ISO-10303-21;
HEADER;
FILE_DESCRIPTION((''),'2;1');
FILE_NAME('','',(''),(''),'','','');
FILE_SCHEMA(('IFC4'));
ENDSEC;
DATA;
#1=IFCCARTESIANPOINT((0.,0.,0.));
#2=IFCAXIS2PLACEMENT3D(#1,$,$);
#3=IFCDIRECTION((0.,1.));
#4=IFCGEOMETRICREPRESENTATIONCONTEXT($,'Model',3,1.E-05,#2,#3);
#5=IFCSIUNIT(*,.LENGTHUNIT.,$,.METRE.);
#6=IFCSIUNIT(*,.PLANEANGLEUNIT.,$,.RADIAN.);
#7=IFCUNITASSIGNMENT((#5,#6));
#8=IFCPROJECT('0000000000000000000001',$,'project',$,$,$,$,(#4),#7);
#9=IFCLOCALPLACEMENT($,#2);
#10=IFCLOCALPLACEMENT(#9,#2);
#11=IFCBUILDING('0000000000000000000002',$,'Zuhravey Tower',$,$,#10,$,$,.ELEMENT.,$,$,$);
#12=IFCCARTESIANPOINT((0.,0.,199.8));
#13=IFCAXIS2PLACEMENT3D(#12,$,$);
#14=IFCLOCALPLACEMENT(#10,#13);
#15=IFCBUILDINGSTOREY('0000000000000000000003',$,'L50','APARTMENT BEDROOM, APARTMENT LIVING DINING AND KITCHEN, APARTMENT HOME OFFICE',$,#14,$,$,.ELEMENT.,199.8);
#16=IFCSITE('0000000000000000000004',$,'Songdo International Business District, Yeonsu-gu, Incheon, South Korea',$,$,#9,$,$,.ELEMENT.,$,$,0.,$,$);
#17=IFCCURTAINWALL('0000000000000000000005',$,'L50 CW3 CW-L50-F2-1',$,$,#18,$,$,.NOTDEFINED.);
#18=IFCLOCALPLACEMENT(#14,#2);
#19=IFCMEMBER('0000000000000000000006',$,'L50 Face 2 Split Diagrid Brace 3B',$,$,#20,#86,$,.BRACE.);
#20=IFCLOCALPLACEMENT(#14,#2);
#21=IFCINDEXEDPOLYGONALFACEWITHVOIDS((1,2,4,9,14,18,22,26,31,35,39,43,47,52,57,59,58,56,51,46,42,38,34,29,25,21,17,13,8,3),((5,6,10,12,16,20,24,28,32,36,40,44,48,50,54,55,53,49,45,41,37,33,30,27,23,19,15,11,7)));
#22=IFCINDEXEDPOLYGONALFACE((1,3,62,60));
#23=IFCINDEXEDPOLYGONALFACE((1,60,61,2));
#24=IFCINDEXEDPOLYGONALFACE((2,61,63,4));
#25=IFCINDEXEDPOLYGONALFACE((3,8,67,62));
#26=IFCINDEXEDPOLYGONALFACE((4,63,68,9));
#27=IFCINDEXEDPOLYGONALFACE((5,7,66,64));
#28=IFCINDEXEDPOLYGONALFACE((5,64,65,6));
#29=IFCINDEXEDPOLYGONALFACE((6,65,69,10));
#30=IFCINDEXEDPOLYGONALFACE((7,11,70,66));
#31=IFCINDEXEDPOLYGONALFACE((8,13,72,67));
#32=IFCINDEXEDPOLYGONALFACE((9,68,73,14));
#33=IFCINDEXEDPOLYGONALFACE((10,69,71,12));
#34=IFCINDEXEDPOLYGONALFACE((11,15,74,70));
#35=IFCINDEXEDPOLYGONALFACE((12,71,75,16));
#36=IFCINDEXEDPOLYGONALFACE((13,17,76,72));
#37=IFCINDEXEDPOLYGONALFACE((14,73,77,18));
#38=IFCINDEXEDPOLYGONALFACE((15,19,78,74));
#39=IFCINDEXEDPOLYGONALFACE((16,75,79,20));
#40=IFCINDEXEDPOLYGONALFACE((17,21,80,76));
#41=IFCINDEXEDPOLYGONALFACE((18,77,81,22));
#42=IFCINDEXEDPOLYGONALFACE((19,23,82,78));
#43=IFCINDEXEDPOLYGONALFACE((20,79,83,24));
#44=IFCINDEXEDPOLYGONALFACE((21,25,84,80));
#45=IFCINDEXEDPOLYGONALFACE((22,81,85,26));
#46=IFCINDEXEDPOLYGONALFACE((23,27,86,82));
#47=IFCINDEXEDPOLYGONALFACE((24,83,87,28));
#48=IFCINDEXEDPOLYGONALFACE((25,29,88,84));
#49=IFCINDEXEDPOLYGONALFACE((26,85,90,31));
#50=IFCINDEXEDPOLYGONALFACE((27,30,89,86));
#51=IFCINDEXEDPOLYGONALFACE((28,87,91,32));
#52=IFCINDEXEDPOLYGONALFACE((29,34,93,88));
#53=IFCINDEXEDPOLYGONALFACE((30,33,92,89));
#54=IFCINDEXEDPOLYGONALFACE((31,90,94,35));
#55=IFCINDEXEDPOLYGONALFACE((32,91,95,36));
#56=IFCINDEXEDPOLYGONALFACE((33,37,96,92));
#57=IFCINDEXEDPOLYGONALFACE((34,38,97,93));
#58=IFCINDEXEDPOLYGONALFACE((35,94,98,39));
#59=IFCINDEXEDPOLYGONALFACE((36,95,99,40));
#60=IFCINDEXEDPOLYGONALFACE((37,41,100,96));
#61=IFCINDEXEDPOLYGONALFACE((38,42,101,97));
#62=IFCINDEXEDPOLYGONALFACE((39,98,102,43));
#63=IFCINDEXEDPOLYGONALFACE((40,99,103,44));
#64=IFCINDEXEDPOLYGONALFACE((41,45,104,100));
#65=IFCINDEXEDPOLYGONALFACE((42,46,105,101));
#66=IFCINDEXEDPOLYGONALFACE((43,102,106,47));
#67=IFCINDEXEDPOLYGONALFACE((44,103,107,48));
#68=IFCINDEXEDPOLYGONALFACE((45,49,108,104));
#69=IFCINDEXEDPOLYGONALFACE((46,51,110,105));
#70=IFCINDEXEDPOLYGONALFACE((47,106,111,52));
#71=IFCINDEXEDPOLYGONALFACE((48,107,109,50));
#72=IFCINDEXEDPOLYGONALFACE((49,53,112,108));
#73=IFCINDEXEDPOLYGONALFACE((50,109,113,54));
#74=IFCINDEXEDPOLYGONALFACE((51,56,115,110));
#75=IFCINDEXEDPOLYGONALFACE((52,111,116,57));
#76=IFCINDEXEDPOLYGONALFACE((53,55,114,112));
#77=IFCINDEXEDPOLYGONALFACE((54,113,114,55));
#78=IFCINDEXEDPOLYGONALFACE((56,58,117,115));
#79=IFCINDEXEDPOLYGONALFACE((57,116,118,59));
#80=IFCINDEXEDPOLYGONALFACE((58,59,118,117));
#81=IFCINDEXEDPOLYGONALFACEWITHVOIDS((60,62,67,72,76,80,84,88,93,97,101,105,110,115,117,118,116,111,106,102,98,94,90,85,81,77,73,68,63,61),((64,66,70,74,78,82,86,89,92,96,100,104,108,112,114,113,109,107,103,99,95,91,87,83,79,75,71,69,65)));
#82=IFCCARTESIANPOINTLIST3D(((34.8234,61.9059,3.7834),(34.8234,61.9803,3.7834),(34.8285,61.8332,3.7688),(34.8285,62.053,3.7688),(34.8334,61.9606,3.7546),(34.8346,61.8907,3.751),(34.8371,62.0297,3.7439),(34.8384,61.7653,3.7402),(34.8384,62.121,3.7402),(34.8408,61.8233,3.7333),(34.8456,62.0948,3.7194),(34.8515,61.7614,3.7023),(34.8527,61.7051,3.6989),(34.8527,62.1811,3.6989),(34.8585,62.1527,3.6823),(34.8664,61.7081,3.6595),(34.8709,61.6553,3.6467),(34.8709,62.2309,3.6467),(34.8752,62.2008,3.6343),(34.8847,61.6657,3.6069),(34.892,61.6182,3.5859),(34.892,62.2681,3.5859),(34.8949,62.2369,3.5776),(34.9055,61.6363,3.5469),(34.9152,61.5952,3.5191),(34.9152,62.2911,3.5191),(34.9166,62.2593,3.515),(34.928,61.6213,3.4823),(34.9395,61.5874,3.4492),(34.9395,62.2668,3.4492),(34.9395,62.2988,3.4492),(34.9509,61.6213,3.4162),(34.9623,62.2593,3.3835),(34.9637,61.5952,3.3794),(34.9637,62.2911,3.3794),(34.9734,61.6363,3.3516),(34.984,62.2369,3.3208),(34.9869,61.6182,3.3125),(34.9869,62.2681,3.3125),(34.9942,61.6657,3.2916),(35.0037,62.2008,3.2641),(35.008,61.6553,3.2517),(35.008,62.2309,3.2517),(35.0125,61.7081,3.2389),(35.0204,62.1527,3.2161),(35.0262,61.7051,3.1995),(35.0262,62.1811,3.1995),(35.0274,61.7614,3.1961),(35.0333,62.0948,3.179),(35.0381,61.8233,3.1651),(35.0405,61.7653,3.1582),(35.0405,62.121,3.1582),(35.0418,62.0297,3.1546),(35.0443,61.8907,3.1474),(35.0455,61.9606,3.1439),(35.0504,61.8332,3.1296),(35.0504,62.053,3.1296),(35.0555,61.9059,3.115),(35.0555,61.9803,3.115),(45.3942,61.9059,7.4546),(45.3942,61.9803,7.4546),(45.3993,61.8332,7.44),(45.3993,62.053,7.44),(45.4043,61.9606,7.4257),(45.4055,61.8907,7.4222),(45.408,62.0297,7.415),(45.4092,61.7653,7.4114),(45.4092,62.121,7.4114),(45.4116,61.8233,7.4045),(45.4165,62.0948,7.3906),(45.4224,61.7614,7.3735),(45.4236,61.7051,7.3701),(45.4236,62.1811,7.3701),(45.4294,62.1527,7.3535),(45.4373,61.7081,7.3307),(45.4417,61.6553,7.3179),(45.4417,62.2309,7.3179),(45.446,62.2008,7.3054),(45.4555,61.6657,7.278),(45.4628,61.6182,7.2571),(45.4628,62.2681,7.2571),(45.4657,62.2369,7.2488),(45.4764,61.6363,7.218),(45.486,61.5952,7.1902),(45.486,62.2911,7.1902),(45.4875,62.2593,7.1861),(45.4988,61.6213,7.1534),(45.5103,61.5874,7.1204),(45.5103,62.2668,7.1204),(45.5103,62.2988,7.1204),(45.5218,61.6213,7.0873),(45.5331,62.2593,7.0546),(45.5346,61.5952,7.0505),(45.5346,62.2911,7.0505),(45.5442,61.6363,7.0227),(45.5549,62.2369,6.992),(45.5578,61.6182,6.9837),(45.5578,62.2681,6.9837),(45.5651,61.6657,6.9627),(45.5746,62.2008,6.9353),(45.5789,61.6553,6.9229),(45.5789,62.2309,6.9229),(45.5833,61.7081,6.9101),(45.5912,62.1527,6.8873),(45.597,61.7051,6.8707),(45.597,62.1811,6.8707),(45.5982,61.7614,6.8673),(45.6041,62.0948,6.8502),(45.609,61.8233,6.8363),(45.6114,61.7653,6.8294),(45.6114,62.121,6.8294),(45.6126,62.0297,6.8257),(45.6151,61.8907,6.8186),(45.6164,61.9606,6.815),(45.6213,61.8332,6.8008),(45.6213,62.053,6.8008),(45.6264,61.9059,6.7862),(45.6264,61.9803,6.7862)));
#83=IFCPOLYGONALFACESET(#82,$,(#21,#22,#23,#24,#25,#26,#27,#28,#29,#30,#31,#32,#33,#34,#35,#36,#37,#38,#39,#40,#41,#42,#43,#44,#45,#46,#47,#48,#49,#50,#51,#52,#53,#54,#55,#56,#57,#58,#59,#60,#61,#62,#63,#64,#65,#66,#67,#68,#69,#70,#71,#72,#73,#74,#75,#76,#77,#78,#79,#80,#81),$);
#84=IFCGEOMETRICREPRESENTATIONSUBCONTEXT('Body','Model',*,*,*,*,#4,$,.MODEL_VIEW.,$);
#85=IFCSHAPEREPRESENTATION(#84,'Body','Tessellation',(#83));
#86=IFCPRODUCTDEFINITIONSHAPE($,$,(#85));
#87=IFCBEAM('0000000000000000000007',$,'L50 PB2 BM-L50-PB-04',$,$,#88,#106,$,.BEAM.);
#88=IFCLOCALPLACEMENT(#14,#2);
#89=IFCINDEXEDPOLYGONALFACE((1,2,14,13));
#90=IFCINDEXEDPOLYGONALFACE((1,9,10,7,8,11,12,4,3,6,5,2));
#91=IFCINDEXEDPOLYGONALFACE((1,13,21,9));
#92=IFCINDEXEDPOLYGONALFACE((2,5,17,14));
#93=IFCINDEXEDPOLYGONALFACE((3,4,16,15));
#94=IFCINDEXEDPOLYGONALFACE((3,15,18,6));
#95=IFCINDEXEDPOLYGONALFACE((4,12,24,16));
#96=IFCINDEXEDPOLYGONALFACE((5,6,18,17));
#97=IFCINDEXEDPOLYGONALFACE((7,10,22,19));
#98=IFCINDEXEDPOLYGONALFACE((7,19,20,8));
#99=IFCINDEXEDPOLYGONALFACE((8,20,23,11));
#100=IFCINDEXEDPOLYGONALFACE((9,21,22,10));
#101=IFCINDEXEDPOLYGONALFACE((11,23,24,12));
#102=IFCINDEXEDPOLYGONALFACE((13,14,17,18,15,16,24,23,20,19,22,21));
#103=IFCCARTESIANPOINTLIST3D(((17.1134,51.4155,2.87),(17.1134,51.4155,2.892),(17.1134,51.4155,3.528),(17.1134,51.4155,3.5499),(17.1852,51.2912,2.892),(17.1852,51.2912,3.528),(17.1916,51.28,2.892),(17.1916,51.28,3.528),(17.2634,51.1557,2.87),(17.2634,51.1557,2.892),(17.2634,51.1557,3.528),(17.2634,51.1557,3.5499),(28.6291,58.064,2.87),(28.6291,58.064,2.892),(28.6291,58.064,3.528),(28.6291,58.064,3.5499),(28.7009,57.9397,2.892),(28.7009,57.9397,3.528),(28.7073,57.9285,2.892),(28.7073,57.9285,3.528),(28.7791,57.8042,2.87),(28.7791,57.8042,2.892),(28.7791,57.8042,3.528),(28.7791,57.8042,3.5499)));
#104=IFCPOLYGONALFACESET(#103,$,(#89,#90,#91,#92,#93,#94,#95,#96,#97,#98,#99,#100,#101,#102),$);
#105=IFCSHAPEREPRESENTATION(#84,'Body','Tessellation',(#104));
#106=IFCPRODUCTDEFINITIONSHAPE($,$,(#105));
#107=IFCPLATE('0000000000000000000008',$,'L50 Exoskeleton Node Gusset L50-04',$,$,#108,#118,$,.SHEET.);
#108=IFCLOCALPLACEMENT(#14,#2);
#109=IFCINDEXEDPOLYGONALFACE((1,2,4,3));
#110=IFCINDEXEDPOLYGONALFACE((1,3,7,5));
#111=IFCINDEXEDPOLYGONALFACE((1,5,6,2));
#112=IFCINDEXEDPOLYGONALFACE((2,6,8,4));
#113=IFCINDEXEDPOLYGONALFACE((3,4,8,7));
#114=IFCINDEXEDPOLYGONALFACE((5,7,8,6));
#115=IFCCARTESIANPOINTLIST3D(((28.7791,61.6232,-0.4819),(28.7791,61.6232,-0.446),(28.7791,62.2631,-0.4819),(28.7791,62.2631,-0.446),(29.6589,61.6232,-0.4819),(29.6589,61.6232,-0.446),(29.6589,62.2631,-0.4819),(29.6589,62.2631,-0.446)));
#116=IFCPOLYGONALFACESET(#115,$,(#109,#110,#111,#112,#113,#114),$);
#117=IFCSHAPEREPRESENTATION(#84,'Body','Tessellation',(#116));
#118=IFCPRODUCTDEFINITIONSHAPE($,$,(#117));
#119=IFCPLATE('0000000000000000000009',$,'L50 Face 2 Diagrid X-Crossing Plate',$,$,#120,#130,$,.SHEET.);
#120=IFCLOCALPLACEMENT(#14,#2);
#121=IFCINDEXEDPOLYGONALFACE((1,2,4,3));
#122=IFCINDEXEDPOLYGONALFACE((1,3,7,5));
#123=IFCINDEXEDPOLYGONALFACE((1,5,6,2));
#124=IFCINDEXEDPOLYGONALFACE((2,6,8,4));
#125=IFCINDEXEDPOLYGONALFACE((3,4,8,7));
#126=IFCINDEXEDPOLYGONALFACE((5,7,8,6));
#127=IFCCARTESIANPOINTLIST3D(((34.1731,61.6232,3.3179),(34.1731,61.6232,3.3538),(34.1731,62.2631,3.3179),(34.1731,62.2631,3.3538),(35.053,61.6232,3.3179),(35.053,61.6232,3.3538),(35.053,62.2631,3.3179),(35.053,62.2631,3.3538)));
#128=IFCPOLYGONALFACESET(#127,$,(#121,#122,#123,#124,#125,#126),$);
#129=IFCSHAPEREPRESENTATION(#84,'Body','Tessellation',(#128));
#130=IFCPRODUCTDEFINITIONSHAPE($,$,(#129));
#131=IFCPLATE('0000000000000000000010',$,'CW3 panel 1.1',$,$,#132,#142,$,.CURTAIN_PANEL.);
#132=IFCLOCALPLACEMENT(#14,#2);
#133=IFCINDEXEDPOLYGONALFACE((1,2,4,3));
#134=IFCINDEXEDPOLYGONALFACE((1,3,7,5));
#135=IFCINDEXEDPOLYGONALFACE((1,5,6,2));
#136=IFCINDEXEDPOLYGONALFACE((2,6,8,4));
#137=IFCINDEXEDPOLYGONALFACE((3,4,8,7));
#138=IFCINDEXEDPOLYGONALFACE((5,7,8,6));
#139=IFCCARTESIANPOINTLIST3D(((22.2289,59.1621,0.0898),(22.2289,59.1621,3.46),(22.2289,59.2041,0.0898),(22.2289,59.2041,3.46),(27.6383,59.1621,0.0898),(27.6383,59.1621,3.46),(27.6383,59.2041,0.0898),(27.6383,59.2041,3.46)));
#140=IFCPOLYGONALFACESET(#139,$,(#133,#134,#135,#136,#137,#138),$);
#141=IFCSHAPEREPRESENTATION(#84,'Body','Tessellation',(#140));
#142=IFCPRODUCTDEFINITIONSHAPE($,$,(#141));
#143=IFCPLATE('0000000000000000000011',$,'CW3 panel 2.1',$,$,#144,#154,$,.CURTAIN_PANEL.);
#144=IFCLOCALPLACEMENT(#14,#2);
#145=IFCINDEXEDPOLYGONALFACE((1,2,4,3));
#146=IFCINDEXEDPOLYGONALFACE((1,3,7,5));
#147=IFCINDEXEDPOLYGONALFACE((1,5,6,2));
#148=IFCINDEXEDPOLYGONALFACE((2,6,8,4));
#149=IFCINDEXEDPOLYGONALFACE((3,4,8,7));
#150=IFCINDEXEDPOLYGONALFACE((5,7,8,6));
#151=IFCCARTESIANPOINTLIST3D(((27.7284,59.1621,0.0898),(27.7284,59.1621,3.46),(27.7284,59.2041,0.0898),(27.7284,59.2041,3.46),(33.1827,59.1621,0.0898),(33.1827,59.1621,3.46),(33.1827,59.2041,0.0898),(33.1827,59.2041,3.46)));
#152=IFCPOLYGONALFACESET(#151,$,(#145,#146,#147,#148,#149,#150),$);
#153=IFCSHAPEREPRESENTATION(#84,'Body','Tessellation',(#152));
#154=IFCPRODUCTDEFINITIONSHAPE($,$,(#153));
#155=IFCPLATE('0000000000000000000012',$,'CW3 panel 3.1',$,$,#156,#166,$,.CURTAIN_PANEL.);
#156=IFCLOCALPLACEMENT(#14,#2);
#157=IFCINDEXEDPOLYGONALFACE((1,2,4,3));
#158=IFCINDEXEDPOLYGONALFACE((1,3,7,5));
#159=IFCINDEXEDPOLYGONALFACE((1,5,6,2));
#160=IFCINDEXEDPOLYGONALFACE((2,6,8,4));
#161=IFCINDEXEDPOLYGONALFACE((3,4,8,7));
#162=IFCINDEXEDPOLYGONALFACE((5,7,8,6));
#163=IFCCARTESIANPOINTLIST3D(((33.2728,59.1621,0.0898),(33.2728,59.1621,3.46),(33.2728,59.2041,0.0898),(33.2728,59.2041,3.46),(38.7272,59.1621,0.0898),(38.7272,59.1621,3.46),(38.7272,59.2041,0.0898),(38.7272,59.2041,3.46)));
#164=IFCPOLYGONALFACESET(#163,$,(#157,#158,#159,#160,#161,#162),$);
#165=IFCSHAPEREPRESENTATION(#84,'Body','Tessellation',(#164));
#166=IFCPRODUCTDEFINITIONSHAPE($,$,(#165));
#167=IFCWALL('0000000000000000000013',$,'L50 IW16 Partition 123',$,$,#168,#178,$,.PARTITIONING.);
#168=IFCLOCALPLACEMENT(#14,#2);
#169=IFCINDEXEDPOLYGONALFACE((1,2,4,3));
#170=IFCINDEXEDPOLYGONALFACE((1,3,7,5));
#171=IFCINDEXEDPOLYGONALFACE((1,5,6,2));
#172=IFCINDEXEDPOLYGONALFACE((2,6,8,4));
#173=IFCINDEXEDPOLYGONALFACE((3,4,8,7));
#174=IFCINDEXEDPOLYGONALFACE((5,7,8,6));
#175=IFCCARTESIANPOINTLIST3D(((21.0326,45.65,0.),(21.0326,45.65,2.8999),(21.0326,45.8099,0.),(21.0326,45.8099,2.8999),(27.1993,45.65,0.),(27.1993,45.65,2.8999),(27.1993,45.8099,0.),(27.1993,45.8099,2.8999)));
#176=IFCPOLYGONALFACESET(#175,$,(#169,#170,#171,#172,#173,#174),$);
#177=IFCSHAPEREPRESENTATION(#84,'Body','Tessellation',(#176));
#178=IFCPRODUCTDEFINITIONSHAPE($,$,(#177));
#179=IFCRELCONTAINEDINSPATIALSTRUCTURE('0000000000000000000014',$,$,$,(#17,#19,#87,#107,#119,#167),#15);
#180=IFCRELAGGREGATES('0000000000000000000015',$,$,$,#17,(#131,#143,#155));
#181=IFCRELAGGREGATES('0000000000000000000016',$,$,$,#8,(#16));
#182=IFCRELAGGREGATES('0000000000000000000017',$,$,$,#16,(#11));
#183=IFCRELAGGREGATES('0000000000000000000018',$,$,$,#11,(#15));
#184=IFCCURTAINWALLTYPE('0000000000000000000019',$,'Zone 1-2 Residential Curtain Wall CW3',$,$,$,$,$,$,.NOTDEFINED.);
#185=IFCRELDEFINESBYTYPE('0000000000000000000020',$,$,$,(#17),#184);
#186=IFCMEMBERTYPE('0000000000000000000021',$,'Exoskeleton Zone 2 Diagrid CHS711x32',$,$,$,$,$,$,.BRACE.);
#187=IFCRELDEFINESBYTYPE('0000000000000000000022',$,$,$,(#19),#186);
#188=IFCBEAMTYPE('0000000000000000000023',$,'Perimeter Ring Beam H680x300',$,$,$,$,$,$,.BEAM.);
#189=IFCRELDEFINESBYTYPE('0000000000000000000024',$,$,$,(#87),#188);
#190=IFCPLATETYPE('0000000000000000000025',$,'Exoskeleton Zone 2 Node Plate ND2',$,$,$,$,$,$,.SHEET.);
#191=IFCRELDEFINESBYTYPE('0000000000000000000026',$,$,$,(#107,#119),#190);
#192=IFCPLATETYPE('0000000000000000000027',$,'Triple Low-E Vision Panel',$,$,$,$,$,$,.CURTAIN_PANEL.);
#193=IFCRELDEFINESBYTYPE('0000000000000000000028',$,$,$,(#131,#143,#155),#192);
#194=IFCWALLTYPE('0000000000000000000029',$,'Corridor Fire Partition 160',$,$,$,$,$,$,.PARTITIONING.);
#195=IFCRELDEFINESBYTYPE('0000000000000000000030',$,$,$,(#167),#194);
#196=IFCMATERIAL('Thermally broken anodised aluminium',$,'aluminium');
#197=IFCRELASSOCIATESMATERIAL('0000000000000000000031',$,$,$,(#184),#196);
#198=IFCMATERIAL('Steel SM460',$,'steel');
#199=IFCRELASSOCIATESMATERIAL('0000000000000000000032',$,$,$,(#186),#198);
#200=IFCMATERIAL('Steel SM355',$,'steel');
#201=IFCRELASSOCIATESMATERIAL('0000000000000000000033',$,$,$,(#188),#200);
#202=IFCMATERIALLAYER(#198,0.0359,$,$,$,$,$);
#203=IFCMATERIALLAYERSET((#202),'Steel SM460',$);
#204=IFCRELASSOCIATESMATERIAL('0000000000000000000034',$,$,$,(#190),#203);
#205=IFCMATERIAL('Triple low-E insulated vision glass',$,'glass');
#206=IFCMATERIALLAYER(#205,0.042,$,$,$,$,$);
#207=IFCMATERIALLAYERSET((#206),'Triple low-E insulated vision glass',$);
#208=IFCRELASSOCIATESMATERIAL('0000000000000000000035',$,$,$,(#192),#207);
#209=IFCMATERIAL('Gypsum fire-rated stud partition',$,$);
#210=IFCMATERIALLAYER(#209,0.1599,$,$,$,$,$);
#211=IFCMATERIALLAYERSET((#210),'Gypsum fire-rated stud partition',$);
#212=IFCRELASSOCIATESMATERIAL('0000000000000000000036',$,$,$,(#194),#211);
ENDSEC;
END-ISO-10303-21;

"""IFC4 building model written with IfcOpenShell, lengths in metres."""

from ifc_helpers import new_model, si_unit, direction, frame, frame_2d, origin, origin_2d, place, context, subcontext, project, spatial, rectangle, hollow_circle, i_section, extrude, material, layer, layer_set, material_profile, profile_set, type_object, element, aggregate, save


model = new_model("IFC4")

# Units and contexts
model_context = context("Model", 3, precision=1e-05, world=origin(), true_north=direction((0.0, 1.0)))
body_context = subcontext(model_context, "Body", "Model", "MODEL_VIEW")
ifc_project = project(units=[si_unit("LENGTHUNIT", "METRE"), si_unit("PLANEANGLEUNIT", "RADIAN")], contexts=[model_context])

# Site, building, storey
site_placement = place(None, origin())
site = spatial("IfcSite", under=ifc_project, at=site_placement, Name="Songdo International Business District, Yeonsu-gu, Incheon, South Korea", CompositionType="ELEMENT", RefElevation=0.0)
building_placement = place(site_placement, origin())
building = spatial("IfcBuilding", under=site, at=building_placement, Name="Zuhravey Tower", CompositionType="ELEMENT")
storey_placement = place(building_placement, frame((0.0, 0.0, 199.8)))
storey = spatial("IfcBuildingStorey", under=building, at=storey_placement, Name="L50", Description="APARTMENT BEDROOM, APARTMENT LIVING DINING AND KITCHEN, APARTMENT HOME OFFICE", CompositionType="ELEMENT", Elevation=199.8)

# Curtain wall
ifc_material_1 = material(Name="Thermally broken anodised aluminium", Category="aluminium")
curtain_wall_type = type_object("IfcCurtainWallType", Name="Zone 1-2 Residential Curtain Wall CW3", PredefinedType="NOTDEFINED", material=ifc_material_1)
curtain_wall_placement = place(storey_placement, origin())
curtain_wall = element("IfcCurtainWall", 1, at=curtain_wall_placement, inside=storey, type_object=curtain_wall_type, Name="L50 CW3 CW-L50-F2-1", PredefinedType="NOTDEFINED")

# Member
ifc_material_2 = material(Name="Steel SM460", Category="steel")
ifc_material_profile_1 = material_profile(ifc_material_2, hollow_circle(Radius=0.3557, WallThickness=0.032, at=origin_2d()), Name="CHS-711.2x32")
ifc_profile_set_1 = profile_set([ifc_material_profile_1], Name="Steel SM460")
member_type_1 = type_object("IfcMemberType", Name="Exoskeleton Zone 2 Diagrid CHS711x32", PredefinedType="BRACE", material=ifc_profile_set_1)
member_1_placement = place(storey_placement, frame((34.9395, 61.9431, 3.4492), z_axis=(0.944654, 0.0, 0.32807), x_axis=(0.0, 1.0, 0.0)))
element("IfcMember", 2, at=member_1_placement, inside=storey, type_object=member_type_1, Name="L50 Face 2 Split Diagrid Brace 3B", PredefinedType="BRACE", context=body_context, shape_type="SweptSolid", body=[
    extrude(hollow_circle(Radius=0.3557, WallThickness=0.032, at=origin_2d()), origin(), (0.0, 0.0, 1.0), 11.1902),
])

# Beam
ifc_material_3 = material(Name="Steel SM355", Category="steel")
ifc_material_profile_2 = material_profile(ifc_material_3, i_section(OverallWidth=0.3, OverallDepth=0.6799, WebThickness=0.0129, FlangeThickness=0.022, at=origin_2d()), Name="H-680x300x13x22")
ifc_profile_set_2 = profile_set([ifc_material_profile_2], Name="Steel SM355")
beam_type = type_object("IfcBeamType", Name="Perimeter Ring Beam H680x300", PredefinedType="BEAM", material=ifc_profile_set_2)
beam_placement = place(storey_placement, frame((28.7041, 57.9341, 3.21), z_axis=(-0.866029, -0.499994, 0.0), x_axis=(0.499994, -0.866029, 0.0)))
element("IfcBeam", 3, at=beam_placement, inside=storey, type_object=beam_type, Name="L50 PB2 BM-L50-PB-04", PredefinedType="BEAM", context=body_context, shape_type="SweptSolid", body=[
    extrude(i_section(OverallWidth=0.3, OverallDepth=0.6799, WebThickness=0.0129, FlangeThickness=0.022, at=origin_2d()), origin(), (0.0, 0.0, 1.0), 13.2971),
])

# Plates
ifc_layer_1 = layer(ifc_material_2, 0.0359)
ifc_layer_set_1 = layer_set([ifc_layer_1], Name="Steel SM460")
plate_type_1 = type_object("IfcPlateType", Name="Exoskeleton Zone 2 Node Plate ND2", PredefinedType="SHEET", material=ifc_layer_set_1)
for number, where, z_axis, x_axis, name in (
    (4, (29.219, 61.9431, -0.4819), (0.0, 0.0, 1.0), (-1.0, 0.0, 0.0), "L50 Exoskeleton Node Gusset L50-04"),
    (5, (34.613, 61.9431, 3.3179), (0.0, 0.0, 1.0), (-1.0, 0.0, 0.0), "L50 Face 2 Diagrid X-Crossing Plate"),
):
    element("IfcPlate", number, at=place(storey_placement, frame(where, z_axis=z_axis, x_axis=x_axis)), inside=storey, type_object=plate_type_1, Name=name, PredefinedType="SHEET", context=body_context, shape_type="SweptSolid", body=[
        extrude(rectangle(XDim=0.8799, YDim=0.6399, at=origin_2d()), origin(), (0.0, 0.0, 1.0), 0.0359),
    ])

# Plates
ifc_material_4 = material(Name="Triple low-E insulated vision glass", Category="glass")
ifc_layer_2 = layer(ifc_material_4, 0.042)
ifc_layer_set_2 = layer_set([ifc_layer_2], Name="Triple low-E insulated vision glass")
plate_type_2 = type_object("IfcPlateType", Name="Triple Low-E Vision Panel", PredefinedType="CURTAIN_PANEL", material=ifc_layer_set_2)
plate_1_placement = place(storey_placement, frame((24.9336, 59.1831, 0.0898), z_axis=(0.0, 0.0, 1.0), x_axis=(1.0, 0.0, 0.0)))
plate_1 = element("IfcPlate", 6, at=plate_1_placement, type_object=plate_type_2, Name="CW3 panel 1.1", PredefinedType="CURTAIN_PANEL", context=body_context, shape_type="SweptSolid", body=[
    extrude(rectangle(XDim=5.4094, YDim=0.042, at=origin_2d()), origin(), (0.0, 0.0, 1.0), 3.3701),
])
plate_2_placement = place(storey_placement, frame((30.4556, 59.1831, 0.0898), z_axis=(0.0, 0.0, 1.0), x_axis=(1.0, 0.0, 0.0)))
plate_2 = element("IfcPlate", 7, at=plate_2_placement, type_object=plate_type_2, Name="CW3 panel 2.1", PredefinedType="CURTAIN_PANEL", context=body_context, shape_type="SweptSolid", body=[
    extrude(rectangle(XDim=5.4543, YDim=0.042, at=origin_2d()), origin(), (0.0, 0.0, 1.0), 3.3701),
])
plate_3_placement = place(storey_placement, frame((36.0, 59.1831, 0.0898), z_axis=(0.0, 0.0, 1.0), x_axis=(1.0, 0.0, 0.0)))
plate_3 = element("IfcPlate", 8, at=plate_3_placement, type_object=plate_type_2, Name="CW3 panel 3.1", PredefinedType="CURTAIN_PANEL", context=body_context, shape_type="SweptSolid", body=[
    extrude(rectangle(XDim=5.4543, YDim=0.042, at=origin_2d()), origin(), (0.0, 0.0, 1.0), 3.3701),
])
aggregate(curtain_wall, [plate_1, plate_2, plate_3])

# Shared definitions
ifc_material_5 = material(Name="Gypsum fire-rated stud partition")
ifc_layer_3 = layer(ifc_material_5, 0.1599)
ifc_layer_set_3 = layer_set([ifc_layer_3], Name="Gypsum fire-rated stud partition")
wall_type_1 = type_object("IfcWallType", Name="Corridor Fire Partition 160", PredefinedType="PARTITIONING", material=ifc_layer_set_3)

# Wall
wall_1_placement = place(storey_placement, frame((27.1995, 45.73, 0.0), z_axis=(0.0, 0.0, 1.0), x_axis=(-1.0, 0.0, 0.0)))
element("IfcWall", 9, at=wall_1_placement, inside=storey, type_object=wall_type_1, Name="L50 IW16 Partition 123", PredefinedType="PARTITIONING", context=body_context, shape_type="SweptSolid", body=[
    extrude(rectangle(XDim=6.1667, YDim=0.1599, at=frame_2d((3.0835, 0.0))), origin(), (0.0, 0.0, 1.0), 2.8999),
])

save(model, "model.ifc")
